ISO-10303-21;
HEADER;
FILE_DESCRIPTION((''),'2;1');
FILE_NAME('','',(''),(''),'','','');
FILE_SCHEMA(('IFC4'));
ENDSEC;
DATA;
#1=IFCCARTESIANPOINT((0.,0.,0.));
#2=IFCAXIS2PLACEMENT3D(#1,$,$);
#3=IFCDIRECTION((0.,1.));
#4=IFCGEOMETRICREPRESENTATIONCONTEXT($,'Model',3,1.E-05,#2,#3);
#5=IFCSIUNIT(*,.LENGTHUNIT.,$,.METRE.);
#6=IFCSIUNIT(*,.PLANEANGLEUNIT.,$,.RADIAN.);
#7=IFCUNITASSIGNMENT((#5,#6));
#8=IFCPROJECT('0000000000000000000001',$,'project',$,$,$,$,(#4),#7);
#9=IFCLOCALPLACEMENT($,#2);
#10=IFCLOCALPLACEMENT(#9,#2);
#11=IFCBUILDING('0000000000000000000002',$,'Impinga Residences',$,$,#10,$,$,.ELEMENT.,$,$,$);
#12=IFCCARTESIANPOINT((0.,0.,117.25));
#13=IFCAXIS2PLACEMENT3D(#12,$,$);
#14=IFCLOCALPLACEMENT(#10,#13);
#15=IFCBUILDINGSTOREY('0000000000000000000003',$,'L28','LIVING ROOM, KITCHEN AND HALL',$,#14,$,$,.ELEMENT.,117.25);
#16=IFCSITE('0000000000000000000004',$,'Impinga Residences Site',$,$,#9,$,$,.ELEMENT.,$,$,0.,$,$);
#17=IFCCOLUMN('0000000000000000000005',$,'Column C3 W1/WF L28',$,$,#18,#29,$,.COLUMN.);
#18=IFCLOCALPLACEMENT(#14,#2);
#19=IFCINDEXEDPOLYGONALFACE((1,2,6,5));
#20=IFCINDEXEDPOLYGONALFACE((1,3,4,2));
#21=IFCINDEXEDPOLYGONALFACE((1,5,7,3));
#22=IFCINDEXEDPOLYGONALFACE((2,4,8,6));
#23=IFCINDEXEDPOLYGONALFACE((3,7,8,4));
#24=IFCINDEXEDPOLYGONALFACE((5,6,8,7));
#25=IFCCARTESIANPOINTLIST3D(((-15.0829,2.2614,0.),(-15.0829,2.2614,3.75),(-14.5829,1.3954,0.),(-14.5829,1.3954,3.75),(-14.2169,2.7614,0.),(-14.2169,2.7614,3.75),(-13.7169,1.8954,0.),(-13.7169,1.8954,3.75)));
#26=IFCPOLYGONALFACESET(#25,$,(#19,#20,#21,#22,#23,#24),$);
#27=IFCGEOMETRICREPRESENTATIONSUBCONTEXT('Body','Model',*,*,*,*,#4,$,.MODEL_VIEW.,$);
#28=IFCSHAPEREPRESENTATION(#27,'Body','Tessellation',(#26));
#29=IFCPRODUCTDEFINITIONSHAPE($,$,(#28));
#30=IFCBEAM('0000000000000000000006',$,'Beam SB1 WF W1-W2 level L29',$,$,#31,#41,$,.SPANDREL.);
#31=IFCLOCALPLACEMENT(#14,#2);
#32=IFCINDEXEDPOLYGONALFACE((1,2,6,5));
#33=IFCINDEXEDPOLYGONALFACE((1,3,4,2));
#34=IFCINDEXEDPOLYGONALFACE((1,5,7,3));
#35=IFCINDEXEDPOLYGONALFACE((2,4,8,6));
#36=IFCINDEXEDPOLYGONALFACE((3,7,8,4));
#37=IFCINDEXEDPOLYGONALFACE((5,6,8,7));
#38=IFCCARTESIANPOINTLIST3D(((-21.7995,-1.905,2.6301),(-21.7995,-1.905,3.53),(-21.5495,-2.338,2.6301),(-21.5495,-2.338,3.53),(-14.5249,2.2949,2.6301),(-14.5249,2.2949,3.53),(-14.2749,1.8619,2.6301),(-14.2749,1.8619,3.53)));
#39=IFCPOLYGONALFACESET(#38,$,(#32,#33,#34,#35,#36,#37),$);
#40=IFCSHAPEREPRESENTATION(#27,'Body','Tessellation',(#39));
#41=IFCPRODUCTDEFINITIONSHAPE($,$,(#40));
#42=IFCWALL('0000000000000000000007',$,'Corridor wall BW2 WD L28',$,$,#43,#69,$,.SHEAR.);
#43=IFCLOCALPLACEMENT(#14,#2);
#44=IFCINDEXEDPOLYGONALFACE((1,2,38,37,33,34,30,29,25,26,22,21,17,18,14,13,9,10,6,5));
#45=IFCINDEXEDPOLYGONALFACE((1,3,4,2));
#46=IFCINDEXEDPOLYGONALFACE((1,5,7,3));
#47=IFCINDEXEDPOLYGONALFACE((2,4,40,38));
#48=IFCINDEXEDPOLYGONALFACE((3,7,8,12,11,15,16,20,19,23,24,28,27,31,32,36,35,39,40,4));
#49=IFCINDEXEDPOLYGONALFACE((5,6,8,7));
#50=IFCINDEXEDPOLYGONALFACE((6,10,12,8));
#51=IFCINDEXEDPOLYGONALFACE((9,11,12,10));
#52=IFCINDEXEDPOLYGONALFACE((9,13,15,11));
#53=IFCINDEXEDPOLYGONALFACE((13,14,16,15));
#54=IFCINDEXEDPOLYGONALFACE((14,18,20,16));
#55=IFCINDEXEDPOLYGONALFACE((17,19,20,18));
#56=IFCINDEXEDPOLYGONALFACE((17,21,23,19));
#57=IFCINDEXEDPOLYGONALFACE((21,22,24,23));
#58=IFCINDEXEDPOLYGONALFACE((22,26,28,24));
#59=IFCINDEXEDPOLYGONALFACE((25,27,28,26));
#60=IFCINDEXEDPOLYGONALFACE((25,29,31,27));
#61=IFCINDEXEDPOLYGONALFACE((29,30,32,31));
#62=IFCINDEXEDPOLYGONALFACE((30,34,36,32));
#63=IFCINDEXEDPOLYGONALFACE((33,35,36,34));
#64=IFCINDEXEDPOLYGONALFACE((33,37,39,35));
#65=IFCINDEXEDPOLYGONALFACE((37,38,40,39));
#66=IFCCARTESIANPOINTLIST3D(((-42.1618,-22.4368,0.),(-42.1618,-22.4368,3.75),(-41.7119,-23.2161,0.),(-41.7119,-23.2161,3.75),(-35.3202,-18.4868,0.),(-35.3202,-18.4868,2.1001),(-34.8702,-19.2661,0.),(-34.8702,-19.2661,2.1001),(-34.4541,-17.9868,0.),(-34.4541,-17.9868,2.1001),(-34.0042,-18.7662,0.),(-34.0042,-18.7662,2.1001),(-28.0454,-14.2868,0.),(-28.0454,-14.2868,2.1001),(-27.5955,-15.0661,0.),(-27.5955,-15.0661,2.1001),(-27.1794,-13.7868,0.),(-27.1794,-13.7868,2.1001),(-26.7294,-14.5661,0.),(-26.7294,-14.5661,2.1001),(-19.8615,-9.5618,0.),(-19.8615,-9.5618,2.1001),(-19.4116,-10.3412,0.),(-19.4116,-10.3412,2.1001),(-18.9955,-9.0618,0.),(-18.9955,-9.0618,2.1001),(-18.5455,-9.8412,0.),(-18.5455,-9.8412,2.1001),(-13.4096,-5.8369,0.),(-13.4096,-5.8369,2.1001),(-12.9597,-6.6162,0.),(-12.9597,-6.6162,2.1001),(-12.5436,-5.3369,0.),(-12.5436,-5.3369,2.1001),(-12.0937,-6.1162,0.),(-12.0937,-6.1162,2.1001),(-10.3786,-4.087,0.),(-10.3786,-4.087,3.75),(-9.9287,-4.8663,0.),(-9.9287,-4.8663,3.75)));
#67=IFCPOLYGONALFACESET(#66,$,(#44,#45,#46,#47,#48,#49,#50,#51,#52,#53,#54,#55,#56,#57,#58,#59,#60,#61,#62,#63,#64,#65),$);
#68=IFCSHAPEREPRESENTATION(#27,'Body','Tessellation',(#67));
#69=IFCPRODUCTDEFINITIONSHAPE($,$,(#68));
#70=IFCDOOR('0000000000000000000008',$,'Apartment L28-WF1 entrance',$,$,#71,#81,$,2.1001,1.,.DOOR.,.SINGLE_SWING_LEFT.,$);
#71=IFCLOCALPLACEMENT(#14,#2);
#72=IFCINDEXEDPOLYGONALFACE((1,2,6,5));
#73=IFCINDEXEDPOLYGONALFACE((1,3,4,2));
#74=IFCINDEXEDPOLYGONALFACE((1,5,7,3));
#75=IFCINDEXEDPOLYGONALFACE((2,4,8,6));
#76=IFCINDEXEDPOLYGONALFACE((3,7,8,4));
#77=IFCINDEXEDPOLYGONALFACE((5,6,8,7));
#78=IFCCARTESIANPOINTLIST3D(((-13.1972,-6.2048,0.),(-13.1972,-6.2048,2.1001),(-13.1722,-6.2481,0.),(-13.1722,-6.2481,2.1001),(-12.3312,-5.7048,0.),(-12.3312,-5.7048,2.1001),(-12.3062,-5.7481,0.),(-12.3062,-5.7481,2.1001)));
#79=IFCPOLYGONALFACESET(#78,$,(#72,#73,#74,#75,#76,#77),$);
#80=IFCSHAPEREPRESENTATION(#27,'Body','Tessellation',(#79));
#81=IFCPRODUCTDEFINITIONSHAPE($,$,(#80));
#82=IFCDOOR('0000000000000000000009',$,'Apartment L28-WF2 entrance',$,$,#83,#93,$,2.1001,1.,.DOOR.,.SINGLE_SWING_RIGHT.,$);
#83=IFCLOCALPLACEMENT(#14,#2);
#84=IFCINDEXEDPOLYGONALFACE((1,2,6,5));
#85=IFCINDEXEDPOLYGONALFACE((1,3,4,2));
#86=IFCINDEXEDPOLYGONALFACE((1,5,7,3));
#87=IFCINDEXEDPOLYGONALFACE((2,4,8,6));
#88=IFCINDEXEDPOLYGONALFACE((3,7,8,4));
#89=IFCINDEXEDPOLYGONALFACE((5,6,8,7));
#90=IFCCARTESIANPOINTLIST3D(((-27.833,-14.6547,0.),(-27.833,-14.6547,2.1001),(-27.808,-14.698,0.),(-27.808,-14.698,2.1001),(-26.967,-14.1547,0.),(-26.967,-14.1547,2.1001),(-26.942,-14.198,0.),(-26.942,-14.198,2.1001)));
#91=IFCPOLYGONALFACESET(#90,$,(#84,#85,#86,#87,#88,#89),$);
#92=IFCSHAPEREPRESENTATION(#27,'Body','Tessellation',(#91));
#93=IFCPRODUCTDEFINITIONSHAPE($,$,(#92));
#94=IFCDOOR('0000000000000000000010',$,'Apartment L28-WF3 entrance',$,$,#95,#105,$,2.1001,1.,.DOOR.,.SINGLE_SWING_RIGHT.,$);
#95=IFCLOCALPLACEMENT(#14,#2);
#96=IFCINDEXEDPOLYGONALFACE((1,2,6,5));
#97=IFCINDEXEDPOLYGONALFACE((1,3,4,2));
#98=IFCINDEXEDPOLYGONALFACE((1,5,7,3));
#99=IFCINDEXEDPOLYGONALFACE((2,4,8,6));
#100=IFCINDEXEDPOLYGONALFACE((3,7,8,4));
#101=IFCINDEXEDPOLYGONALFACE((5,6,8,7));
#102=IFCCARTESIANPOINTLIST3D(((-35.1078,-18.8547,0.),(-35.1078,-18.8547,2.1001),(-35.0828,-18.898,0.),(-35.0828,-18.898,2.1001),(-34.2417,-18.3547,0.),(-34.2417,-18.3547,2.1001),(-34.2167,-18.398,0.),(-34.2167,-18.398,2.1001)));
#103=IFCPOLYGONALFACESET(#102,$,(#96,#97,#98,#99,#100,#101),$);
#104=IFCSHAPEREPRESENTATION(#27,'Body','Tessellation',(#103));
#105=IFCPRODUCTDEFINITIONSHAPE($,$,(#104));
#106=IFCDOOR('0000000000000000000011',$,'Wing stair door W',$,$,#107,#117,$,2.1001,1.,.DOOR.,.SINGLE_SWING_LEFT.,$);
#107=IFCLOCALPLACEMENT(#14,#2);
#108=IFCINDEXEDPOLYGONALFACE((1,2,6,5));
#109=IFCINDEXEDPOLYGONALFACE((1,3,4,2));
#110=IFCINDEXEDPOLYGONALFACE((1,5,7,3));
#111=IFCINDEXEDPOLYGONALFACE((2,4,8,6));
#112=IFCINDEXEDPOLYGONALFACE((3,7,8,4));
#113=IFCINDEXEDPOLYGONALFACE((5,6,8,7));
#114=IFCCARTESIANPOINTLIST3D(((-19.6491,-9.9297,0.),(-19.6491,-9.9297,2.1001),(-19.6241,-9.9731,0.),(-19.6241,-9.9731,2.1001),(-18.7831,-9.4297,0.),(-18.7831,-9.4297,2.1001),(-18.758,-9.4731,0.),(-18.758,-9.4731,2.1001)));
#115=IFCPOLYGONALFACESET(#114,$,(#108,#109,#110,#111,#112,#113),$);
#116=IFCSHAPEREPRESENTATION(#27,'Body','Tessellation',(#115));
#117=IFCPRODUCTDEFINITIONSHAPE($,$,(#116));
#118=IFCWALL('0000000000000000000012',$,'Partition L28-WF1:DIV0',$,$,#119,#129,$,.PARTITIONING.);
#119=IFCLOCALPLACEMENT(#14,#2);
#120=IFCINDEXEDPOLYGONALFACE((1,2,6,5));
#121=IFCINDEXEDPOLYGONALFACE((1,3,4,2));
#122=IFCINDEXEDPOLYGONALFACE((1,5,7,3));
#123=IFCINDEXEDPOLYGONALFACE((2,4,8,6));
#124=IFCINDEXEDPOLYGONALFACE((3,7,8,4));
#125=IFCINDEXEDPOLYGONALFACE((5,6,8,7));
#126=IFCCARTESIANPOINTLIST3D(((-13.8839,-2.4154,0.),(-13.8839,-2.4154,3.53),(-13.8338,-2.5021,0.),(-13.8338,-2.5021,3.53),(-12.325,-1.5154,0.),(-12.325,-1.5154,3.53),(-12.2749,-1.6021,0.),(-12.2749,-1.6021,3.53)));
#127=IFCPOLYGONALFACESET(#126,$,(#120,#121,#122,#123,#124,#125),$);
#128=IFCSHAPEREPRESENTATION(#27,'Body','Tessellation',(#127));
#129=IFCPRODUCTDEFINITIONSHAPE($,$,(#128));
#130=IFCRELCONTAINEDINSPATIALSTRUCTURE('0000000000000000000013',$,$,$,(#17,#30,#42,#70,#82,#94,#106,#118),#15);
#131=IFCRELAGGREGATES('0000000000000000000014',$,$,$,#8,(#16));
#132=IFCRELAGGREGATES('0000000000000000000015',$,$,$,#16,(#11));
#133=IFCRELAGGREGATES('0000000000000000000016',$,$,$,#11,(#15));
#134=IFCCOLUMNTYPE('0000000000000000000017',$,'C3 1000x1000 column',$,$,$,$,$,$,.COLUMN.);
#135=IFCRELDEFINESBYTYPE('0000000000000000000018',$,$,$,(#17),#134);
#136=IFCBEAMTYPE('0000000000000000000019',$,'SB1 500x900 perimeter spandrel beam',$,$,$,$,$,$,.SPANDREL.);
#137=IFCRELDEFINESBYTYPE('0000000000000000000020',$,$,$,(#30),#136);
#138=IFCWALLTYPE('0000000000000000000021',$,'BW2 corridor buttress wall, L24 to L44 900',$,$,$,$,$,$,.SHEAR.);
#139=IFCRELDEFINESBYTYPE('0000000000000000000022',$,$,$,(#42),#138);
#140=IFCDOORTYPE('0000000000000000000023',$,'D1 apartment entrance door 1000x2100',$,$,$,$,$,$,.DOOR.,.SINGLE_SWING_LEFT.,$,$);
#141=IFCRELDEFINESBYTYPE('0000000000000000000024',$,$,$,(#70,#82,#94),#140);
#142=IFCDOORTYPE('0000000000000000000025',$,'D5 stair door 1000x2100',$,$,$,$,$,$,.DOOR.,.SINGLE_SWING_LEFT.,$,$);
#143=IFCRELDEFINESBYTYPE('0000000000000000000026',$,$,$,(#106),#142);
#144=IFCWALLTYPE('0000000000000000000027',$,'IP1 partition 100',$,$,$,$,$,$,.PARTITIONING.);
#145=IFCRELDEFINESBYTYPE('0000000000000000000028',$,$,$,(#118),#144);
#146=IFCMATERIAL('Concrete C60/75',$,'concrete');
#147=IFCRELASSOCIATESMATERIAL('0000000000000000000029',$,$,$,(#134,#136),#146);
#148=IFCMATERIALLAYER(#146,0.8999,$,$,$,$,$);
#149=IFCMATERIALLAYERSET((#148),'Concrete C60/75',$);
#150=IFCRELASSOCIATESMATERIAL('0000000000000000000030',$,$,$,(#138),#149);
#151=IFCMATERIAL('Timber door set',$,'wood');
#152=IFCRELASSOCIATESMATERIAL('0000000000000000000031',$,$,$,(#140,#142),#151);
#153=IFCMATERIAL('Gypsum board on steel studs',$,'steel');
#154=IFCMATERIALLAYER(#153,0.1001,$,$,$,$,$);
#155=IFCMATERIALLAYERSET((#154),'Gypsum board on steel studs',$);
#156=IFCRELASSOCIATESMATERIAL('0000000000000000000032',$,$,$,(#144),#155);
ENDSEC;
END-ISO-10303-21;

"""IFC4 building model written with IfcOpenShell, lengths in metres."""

from ifc_helpers import new_model, si_unit, direction, frame, frame_2d, origin, origin_2d, place, context, subcontext, project, spatial, rectangle, extrude, material, layer, layer_set, material_profile, profile_set, type_object, element, fill, save


model = new_model("IFC4")

# Units and contexts
model_context = context("Model", 3, precision=1e-05, world=origin(), true_north=direction((0.0, 1.0)))
body_context = subcontext(model_context, "Body", "Model", "MODEL_VIEW")
ifc_project = project(units=[si_unit("LENGTHUNIT", "METRE"), si_unit("PLANEANGLEUNIT", "RADIAN")], contexts=[model_context])

# Site, building, storey
site_placement = place(None, origin())
site = spatial("IfcSite", under=ifc_project, at=site_placement, Name="Impinga Residences Site", CompositionType="ELEMENT", RefElevation=0.0)
building_placement = place(site_placement, origin())
building = spatial("IfcBuilding", under=site, at=building_placement, Name="Impinga Residences", CompositionType="ELEMENT")
storey_placement = place(building_placement, frame((0.0, 0.0, 117.25)))
storey = spatial("IfcBuildingStorey", under=building, at=storey_placement, Name="L28", Description="LIVING ROOM, KITCHEN AND HALL", CompositionType="ELEMENT", Elevation=117.25)

# Column
ifc_material_1 = material(Name="Concrete C60/75", Category="concrete")
ifc_material_profile_1 = material_profile(ifc_material_1, rectangle(XDim=1.0, YDim=1.0, at=origin_2d()), Name="RC 1000x1000")
ifc_profile_set_1 = profile_set([ifc_material_profile_1], Name="Concrete C60/75")
column_type = type_object("IfcColumnType", Name="C3 1000x1000 column", PredefinedType="COLUMN", material=ifc_profile_set_1)
column_placement = place(storey_placement, frame((-14.3999, 2.0784, 0.0), z_axis=(0.0, 0.0, 1.0), x_axis=(-0.5, 0.866025, 0.0)))
element("IfcColumn", 1, at=column_placement, inside=storey, type_object=column_type, Name="Column C3 W1/WF L28", PredefinedType="COLUMN", context=body_context, shape_type="SweptSolid", body=[
    extrude(rectangle(XDim=1.0, YDim=1.0, at=origin_2d()), origin(), (0.0, 0.0, 1.0), 3.75),
])

# Beam
ifc_material_profile_2 = material_profile(ifc_material_1, rectangle(XDim=0.5, YDim=0.8999, at=origin_2d()), Name="RC 500x900")
ifc_profile_set_2 = profile_set([ifc_material_profile_2], Name="Concrete C60/75")
beam_type = type_object("IfcBeamType", Name="SB1 500x900 perimeter spandrel beam", PredefinedType="SPANDREL", material=ifc_profile_set_2)
beam_placement = place(storey_placement, frame((-14.3999, 2.0784, 3.0801), z_axis=(-0.866029, -0.499993, 0.0), x_axis=(0.499993, -0.866029, 0.0)))
element("IfcBeam", 2, at=beam_placement, inside=storey, type_object=beam_type, Name="Beam SB1 WF W1-W2 level L29", PredefinedType="SPANDREL", context=body_context, shape_type="SweptSolid", body=[
    extrude(rectangle(XDim=0.5, YDim=0.8999, at=origin_2d()), origin(), (0.0, 0.0, 1.0), 8.3999),
])

# Wall, openings, doors
ifc_layer_1 = layer(ifc_material_1, 0.8999)
ifc_layer_set_1 = layer_set([ifc_layer_1], Name="Concrete C60/75")
wall_type_1 = type_object("IfcWallType", Name="BW2 corridor buttress wall, L24 to L44 900", PredefinedType="SHEAR", material=ifc_layer_set_1)
wall_1_placement = place(storey_placement, frame((-10.1536, -4.4766, 0.0), z_axis=(0.0, 0.0, 1.0), x_axis=(-0.866028, -0.499996, 0.0)))
wall_1 = element("IfcWall", 3, at=wall_1_placement, inside=storey, type_object=wall_type_1, Name="Corridor wall BW2 WD L28", PredefinedType="SHEAR", context=body_context, shape_type="SweptSolid", body=[
    extrude(rectangle(XDim=36.7, YDim=0.8999, at=frame_2d((18.3501, 0.0))), origin(), (0.0, 0.0, 1.0), 3.75),
])
opening_1_placement = place(wall_1_placement, frame((9.95, 0.0, 0.0)))
opening_1 = element("IfcOpeningElement", 4, at=opening_1_placement, cuts=wall_1, PredefinedType="OPENING", context=body_context, shape_type="SweptSolid", body=[
    extrude(rectangle(XDim=1.0, YDim=2.1001, at=frame_2d((0.5, 1.05))), frame((0.0, 0.46, 0.0), z_axis=(0.0, -1.0, 0.0), x_axis=(1.0, 0.0, 0.0)), (0.0, 0.0, 1.0), 0.9199),
])
opening_2_placement = place(wall_1_placement, frame((2.5, 0.0, 0.0)))
opening_2 = element("IfcOpeningElement", 5, at=opening_2_placement, cuts=wall_1, PredefinedType="OPENING", context=body_context, shape_type="SweptSolid", body=[
    extrude(rectangle(XDim=1.0, YDim=2.1001, at=frame_2d((0.5, 1.05))), frame((0.0, 0.46, 0.0), z_axis=(0.0, -1.0, 0.0), x_axis=(1.0, 0.0, 0.0)), (0.0, 0.0, 1.0), 0.9199),
])
opening_3_placement = place(wall_1_placement, frame((19.3999, 0.0, 0.0)))
opening_3 = element("IfcOpeningElement", 6, at=opening_3_placement, cuts=wall_1, PredefinedType="OPENING", context=body_context, shape_type="SweptSolid", body=[
    extrude(rectangle(XDim=1.0, YDim=2.1001, at=frame_2d((0.5, 1.05))), frame((0.0, 0.46, 0.0), z_axis=(0.0, -1.0, 0.0), x_axis=(1.0, 0.0, 0.0)), (0.0, 0.0, 1.0), 0.9199),
])
opening_4_placement = place(wall_1_placement, frame((27.8, 0.0, 0.0)))
opening_4 = element("IfcOpeningElement", 7, at=opening_4_placement, cuts=wall_1, PredefinedType="OPENING", context=body_context, shape_type="SweptSolid", body=[
    extrude(rectangle(XDim=1.0, YDim=2.1001, at=frame_2d((0.5, 1.05))), frame((0.0, 0.46, 0.0), z_axis=(0.0, -1.0, 0.0), x_axis=(1.0, 0.0, 0.0)), (0.0, 0.0, 1.0), 0.9199),
])
ifc_material_2 = material(Name="Timber door set", Category="wood")
door_type_1 = type_object("IfcDoorType", Name="D1 apartment entrance door 1000x2100", OperationType="SINGLE_SWING_LEFT", PredefinedType="DOOR", material=ifc_material_2)
door_1_placement = place(opening_2_placement, origin())
door_1 = element("IfcDoor", 8, at=door_1_placement, inside=storey, type_object=door_type_1, Name="Apartment L28-WF1 entrance", OperationType="SINGLE_SWING_LEFT", OverallHeight=2.1001, OverallWidth=1.0, PredefinedType="DOOR", context=body_context, shape_type="SweptSolid", body=[
    extrude(rectangle(XDim=1.0, YDim=2.1001, at=frame_2d((0.5, 1.05))), frame((0.0, 0.0249, 0.0), z_axis=(0.0, -1.0, 0.0), x_axis=(1.0, 0.0, 0.0)), (0.0, 0.0, 1.0), 0.05),
])
fill(opening_2, door_1)
door_2_placement = place(opening_3_placement, origin())
door_2 = element("IfcDoor", 9, at=door_2_placement, inside=storey, type_object=door_type_1, Name="Apartment L28-WF2 entrance", OperationType="SINGLE_SWING_RIGHT", OverallHeight=2.1001, OverallWidth=1.0, PredefinedType="DOOR", context=body_context, shape_type="SweptSolid", body=[
    extrude(rectangle(XDim=1.0, YDim=2.1001, at=frame_2d((0.5, 1.05))), frame((0.0, 0.0249, 0.0), z_axis=(0.0, -1.0, 0.0), x_axis=(1.0, 0.0, 0.0)), (0.0, 0.0, 1.0), 0.05),
])
fill(opening_3, door_2)
door_3_placement = place(opening_4_placement, origin())
door_3 = element("IfcDoor", 10, at=door_3_placement, inside=storey, type_object=door_type_1, Name="Apartment L28-WF3 entrance", OperationType="SINGLE_SWING_RIGHT", OverallHeight=2.1001, OverallWidth=1.0, PredefinedType="DOOR", context=body_context, shape_type="SweptSolid", body=[
    extrude(rectangle(XDim=1.0, YDim=2.1001, at=frame_2d((0.5, 1.05))), frame((0.0, 0.0249, 0.0), z_axis=(0.0, -1.0, 0.0), x_axis=(1.0, 0.0, 0.0)), (0.0, 0.0, 1.0), 0.05),
])
fill(opening_4, door_3)
door_type_2 = type_object("IfcDoorType", Name="D5 stair door 1000x2100", OperationType="SINGLE_SWING_LEFT", PredefinedType="DOOR", material=ifc_material_2)
door_4_placement = place(opening_1_placement, origin())
door_4 = element("IfcDoor", 11, at=door_4_placement, inside=storey, type_object=door_type_2, Name="Wing stair door W", OperationType="SINGLE_SWING_LEFT", OverallHeight=2.1001, OverallWidth=1.0, PredefinedType="DOOR", context=body_context, shape_type="SweptSolid", body=[
    extrude(rectangle(XDim=1.0, YDim=2.1001, at=frame_2d((0.5, 1.05))), frame((0.0, 0.0249, 0.0), z_axis=(0.0, -1.0, 0.0), x_axis=(1.0, 0.0, 0.0)), (0.0, 0.0, 1.0), 0.05),
])
fill(opening_1, door_4)

# Wall
ifc_material_3 = material(Name="Gypsum board on steel studs", Category="steel")
ifc_layer_2 = layer(ifc_material_3, 0.1001)
ifc_layer_set_2 = layer_set([ifc_layer_2], Name="Gypsum board on steel studs")
wall_type_2 = type_object("IfcWallType", Name="IP1 partition 100", PredefinedType="PARTITIONING", material=ifc_layer_set_2)
wall_2_placement = place(storey_placement, frame((-12.3, -1.5588, 0.0), z_axis=(0.0, 0.0, 1.0), x_axis=(-0.866048, -0.499961, 0.0)))
element("IfcWall", 12, at=wall_2_placement, inside=storey, type_object=wall_type_2, Name="Partition L28-WF1:DIV0", PredefinedType="PARTITIONING", context=body_context, shape_type="SweptSolid", body=[
    extrude(rectangle(XDim=1.8, YDim=0.1001, at=frame_2d((0.8999, 0.0))), origin(), (0.0, 0.0, 1.0), 3.53),
])

save(model, "model.ifc")
